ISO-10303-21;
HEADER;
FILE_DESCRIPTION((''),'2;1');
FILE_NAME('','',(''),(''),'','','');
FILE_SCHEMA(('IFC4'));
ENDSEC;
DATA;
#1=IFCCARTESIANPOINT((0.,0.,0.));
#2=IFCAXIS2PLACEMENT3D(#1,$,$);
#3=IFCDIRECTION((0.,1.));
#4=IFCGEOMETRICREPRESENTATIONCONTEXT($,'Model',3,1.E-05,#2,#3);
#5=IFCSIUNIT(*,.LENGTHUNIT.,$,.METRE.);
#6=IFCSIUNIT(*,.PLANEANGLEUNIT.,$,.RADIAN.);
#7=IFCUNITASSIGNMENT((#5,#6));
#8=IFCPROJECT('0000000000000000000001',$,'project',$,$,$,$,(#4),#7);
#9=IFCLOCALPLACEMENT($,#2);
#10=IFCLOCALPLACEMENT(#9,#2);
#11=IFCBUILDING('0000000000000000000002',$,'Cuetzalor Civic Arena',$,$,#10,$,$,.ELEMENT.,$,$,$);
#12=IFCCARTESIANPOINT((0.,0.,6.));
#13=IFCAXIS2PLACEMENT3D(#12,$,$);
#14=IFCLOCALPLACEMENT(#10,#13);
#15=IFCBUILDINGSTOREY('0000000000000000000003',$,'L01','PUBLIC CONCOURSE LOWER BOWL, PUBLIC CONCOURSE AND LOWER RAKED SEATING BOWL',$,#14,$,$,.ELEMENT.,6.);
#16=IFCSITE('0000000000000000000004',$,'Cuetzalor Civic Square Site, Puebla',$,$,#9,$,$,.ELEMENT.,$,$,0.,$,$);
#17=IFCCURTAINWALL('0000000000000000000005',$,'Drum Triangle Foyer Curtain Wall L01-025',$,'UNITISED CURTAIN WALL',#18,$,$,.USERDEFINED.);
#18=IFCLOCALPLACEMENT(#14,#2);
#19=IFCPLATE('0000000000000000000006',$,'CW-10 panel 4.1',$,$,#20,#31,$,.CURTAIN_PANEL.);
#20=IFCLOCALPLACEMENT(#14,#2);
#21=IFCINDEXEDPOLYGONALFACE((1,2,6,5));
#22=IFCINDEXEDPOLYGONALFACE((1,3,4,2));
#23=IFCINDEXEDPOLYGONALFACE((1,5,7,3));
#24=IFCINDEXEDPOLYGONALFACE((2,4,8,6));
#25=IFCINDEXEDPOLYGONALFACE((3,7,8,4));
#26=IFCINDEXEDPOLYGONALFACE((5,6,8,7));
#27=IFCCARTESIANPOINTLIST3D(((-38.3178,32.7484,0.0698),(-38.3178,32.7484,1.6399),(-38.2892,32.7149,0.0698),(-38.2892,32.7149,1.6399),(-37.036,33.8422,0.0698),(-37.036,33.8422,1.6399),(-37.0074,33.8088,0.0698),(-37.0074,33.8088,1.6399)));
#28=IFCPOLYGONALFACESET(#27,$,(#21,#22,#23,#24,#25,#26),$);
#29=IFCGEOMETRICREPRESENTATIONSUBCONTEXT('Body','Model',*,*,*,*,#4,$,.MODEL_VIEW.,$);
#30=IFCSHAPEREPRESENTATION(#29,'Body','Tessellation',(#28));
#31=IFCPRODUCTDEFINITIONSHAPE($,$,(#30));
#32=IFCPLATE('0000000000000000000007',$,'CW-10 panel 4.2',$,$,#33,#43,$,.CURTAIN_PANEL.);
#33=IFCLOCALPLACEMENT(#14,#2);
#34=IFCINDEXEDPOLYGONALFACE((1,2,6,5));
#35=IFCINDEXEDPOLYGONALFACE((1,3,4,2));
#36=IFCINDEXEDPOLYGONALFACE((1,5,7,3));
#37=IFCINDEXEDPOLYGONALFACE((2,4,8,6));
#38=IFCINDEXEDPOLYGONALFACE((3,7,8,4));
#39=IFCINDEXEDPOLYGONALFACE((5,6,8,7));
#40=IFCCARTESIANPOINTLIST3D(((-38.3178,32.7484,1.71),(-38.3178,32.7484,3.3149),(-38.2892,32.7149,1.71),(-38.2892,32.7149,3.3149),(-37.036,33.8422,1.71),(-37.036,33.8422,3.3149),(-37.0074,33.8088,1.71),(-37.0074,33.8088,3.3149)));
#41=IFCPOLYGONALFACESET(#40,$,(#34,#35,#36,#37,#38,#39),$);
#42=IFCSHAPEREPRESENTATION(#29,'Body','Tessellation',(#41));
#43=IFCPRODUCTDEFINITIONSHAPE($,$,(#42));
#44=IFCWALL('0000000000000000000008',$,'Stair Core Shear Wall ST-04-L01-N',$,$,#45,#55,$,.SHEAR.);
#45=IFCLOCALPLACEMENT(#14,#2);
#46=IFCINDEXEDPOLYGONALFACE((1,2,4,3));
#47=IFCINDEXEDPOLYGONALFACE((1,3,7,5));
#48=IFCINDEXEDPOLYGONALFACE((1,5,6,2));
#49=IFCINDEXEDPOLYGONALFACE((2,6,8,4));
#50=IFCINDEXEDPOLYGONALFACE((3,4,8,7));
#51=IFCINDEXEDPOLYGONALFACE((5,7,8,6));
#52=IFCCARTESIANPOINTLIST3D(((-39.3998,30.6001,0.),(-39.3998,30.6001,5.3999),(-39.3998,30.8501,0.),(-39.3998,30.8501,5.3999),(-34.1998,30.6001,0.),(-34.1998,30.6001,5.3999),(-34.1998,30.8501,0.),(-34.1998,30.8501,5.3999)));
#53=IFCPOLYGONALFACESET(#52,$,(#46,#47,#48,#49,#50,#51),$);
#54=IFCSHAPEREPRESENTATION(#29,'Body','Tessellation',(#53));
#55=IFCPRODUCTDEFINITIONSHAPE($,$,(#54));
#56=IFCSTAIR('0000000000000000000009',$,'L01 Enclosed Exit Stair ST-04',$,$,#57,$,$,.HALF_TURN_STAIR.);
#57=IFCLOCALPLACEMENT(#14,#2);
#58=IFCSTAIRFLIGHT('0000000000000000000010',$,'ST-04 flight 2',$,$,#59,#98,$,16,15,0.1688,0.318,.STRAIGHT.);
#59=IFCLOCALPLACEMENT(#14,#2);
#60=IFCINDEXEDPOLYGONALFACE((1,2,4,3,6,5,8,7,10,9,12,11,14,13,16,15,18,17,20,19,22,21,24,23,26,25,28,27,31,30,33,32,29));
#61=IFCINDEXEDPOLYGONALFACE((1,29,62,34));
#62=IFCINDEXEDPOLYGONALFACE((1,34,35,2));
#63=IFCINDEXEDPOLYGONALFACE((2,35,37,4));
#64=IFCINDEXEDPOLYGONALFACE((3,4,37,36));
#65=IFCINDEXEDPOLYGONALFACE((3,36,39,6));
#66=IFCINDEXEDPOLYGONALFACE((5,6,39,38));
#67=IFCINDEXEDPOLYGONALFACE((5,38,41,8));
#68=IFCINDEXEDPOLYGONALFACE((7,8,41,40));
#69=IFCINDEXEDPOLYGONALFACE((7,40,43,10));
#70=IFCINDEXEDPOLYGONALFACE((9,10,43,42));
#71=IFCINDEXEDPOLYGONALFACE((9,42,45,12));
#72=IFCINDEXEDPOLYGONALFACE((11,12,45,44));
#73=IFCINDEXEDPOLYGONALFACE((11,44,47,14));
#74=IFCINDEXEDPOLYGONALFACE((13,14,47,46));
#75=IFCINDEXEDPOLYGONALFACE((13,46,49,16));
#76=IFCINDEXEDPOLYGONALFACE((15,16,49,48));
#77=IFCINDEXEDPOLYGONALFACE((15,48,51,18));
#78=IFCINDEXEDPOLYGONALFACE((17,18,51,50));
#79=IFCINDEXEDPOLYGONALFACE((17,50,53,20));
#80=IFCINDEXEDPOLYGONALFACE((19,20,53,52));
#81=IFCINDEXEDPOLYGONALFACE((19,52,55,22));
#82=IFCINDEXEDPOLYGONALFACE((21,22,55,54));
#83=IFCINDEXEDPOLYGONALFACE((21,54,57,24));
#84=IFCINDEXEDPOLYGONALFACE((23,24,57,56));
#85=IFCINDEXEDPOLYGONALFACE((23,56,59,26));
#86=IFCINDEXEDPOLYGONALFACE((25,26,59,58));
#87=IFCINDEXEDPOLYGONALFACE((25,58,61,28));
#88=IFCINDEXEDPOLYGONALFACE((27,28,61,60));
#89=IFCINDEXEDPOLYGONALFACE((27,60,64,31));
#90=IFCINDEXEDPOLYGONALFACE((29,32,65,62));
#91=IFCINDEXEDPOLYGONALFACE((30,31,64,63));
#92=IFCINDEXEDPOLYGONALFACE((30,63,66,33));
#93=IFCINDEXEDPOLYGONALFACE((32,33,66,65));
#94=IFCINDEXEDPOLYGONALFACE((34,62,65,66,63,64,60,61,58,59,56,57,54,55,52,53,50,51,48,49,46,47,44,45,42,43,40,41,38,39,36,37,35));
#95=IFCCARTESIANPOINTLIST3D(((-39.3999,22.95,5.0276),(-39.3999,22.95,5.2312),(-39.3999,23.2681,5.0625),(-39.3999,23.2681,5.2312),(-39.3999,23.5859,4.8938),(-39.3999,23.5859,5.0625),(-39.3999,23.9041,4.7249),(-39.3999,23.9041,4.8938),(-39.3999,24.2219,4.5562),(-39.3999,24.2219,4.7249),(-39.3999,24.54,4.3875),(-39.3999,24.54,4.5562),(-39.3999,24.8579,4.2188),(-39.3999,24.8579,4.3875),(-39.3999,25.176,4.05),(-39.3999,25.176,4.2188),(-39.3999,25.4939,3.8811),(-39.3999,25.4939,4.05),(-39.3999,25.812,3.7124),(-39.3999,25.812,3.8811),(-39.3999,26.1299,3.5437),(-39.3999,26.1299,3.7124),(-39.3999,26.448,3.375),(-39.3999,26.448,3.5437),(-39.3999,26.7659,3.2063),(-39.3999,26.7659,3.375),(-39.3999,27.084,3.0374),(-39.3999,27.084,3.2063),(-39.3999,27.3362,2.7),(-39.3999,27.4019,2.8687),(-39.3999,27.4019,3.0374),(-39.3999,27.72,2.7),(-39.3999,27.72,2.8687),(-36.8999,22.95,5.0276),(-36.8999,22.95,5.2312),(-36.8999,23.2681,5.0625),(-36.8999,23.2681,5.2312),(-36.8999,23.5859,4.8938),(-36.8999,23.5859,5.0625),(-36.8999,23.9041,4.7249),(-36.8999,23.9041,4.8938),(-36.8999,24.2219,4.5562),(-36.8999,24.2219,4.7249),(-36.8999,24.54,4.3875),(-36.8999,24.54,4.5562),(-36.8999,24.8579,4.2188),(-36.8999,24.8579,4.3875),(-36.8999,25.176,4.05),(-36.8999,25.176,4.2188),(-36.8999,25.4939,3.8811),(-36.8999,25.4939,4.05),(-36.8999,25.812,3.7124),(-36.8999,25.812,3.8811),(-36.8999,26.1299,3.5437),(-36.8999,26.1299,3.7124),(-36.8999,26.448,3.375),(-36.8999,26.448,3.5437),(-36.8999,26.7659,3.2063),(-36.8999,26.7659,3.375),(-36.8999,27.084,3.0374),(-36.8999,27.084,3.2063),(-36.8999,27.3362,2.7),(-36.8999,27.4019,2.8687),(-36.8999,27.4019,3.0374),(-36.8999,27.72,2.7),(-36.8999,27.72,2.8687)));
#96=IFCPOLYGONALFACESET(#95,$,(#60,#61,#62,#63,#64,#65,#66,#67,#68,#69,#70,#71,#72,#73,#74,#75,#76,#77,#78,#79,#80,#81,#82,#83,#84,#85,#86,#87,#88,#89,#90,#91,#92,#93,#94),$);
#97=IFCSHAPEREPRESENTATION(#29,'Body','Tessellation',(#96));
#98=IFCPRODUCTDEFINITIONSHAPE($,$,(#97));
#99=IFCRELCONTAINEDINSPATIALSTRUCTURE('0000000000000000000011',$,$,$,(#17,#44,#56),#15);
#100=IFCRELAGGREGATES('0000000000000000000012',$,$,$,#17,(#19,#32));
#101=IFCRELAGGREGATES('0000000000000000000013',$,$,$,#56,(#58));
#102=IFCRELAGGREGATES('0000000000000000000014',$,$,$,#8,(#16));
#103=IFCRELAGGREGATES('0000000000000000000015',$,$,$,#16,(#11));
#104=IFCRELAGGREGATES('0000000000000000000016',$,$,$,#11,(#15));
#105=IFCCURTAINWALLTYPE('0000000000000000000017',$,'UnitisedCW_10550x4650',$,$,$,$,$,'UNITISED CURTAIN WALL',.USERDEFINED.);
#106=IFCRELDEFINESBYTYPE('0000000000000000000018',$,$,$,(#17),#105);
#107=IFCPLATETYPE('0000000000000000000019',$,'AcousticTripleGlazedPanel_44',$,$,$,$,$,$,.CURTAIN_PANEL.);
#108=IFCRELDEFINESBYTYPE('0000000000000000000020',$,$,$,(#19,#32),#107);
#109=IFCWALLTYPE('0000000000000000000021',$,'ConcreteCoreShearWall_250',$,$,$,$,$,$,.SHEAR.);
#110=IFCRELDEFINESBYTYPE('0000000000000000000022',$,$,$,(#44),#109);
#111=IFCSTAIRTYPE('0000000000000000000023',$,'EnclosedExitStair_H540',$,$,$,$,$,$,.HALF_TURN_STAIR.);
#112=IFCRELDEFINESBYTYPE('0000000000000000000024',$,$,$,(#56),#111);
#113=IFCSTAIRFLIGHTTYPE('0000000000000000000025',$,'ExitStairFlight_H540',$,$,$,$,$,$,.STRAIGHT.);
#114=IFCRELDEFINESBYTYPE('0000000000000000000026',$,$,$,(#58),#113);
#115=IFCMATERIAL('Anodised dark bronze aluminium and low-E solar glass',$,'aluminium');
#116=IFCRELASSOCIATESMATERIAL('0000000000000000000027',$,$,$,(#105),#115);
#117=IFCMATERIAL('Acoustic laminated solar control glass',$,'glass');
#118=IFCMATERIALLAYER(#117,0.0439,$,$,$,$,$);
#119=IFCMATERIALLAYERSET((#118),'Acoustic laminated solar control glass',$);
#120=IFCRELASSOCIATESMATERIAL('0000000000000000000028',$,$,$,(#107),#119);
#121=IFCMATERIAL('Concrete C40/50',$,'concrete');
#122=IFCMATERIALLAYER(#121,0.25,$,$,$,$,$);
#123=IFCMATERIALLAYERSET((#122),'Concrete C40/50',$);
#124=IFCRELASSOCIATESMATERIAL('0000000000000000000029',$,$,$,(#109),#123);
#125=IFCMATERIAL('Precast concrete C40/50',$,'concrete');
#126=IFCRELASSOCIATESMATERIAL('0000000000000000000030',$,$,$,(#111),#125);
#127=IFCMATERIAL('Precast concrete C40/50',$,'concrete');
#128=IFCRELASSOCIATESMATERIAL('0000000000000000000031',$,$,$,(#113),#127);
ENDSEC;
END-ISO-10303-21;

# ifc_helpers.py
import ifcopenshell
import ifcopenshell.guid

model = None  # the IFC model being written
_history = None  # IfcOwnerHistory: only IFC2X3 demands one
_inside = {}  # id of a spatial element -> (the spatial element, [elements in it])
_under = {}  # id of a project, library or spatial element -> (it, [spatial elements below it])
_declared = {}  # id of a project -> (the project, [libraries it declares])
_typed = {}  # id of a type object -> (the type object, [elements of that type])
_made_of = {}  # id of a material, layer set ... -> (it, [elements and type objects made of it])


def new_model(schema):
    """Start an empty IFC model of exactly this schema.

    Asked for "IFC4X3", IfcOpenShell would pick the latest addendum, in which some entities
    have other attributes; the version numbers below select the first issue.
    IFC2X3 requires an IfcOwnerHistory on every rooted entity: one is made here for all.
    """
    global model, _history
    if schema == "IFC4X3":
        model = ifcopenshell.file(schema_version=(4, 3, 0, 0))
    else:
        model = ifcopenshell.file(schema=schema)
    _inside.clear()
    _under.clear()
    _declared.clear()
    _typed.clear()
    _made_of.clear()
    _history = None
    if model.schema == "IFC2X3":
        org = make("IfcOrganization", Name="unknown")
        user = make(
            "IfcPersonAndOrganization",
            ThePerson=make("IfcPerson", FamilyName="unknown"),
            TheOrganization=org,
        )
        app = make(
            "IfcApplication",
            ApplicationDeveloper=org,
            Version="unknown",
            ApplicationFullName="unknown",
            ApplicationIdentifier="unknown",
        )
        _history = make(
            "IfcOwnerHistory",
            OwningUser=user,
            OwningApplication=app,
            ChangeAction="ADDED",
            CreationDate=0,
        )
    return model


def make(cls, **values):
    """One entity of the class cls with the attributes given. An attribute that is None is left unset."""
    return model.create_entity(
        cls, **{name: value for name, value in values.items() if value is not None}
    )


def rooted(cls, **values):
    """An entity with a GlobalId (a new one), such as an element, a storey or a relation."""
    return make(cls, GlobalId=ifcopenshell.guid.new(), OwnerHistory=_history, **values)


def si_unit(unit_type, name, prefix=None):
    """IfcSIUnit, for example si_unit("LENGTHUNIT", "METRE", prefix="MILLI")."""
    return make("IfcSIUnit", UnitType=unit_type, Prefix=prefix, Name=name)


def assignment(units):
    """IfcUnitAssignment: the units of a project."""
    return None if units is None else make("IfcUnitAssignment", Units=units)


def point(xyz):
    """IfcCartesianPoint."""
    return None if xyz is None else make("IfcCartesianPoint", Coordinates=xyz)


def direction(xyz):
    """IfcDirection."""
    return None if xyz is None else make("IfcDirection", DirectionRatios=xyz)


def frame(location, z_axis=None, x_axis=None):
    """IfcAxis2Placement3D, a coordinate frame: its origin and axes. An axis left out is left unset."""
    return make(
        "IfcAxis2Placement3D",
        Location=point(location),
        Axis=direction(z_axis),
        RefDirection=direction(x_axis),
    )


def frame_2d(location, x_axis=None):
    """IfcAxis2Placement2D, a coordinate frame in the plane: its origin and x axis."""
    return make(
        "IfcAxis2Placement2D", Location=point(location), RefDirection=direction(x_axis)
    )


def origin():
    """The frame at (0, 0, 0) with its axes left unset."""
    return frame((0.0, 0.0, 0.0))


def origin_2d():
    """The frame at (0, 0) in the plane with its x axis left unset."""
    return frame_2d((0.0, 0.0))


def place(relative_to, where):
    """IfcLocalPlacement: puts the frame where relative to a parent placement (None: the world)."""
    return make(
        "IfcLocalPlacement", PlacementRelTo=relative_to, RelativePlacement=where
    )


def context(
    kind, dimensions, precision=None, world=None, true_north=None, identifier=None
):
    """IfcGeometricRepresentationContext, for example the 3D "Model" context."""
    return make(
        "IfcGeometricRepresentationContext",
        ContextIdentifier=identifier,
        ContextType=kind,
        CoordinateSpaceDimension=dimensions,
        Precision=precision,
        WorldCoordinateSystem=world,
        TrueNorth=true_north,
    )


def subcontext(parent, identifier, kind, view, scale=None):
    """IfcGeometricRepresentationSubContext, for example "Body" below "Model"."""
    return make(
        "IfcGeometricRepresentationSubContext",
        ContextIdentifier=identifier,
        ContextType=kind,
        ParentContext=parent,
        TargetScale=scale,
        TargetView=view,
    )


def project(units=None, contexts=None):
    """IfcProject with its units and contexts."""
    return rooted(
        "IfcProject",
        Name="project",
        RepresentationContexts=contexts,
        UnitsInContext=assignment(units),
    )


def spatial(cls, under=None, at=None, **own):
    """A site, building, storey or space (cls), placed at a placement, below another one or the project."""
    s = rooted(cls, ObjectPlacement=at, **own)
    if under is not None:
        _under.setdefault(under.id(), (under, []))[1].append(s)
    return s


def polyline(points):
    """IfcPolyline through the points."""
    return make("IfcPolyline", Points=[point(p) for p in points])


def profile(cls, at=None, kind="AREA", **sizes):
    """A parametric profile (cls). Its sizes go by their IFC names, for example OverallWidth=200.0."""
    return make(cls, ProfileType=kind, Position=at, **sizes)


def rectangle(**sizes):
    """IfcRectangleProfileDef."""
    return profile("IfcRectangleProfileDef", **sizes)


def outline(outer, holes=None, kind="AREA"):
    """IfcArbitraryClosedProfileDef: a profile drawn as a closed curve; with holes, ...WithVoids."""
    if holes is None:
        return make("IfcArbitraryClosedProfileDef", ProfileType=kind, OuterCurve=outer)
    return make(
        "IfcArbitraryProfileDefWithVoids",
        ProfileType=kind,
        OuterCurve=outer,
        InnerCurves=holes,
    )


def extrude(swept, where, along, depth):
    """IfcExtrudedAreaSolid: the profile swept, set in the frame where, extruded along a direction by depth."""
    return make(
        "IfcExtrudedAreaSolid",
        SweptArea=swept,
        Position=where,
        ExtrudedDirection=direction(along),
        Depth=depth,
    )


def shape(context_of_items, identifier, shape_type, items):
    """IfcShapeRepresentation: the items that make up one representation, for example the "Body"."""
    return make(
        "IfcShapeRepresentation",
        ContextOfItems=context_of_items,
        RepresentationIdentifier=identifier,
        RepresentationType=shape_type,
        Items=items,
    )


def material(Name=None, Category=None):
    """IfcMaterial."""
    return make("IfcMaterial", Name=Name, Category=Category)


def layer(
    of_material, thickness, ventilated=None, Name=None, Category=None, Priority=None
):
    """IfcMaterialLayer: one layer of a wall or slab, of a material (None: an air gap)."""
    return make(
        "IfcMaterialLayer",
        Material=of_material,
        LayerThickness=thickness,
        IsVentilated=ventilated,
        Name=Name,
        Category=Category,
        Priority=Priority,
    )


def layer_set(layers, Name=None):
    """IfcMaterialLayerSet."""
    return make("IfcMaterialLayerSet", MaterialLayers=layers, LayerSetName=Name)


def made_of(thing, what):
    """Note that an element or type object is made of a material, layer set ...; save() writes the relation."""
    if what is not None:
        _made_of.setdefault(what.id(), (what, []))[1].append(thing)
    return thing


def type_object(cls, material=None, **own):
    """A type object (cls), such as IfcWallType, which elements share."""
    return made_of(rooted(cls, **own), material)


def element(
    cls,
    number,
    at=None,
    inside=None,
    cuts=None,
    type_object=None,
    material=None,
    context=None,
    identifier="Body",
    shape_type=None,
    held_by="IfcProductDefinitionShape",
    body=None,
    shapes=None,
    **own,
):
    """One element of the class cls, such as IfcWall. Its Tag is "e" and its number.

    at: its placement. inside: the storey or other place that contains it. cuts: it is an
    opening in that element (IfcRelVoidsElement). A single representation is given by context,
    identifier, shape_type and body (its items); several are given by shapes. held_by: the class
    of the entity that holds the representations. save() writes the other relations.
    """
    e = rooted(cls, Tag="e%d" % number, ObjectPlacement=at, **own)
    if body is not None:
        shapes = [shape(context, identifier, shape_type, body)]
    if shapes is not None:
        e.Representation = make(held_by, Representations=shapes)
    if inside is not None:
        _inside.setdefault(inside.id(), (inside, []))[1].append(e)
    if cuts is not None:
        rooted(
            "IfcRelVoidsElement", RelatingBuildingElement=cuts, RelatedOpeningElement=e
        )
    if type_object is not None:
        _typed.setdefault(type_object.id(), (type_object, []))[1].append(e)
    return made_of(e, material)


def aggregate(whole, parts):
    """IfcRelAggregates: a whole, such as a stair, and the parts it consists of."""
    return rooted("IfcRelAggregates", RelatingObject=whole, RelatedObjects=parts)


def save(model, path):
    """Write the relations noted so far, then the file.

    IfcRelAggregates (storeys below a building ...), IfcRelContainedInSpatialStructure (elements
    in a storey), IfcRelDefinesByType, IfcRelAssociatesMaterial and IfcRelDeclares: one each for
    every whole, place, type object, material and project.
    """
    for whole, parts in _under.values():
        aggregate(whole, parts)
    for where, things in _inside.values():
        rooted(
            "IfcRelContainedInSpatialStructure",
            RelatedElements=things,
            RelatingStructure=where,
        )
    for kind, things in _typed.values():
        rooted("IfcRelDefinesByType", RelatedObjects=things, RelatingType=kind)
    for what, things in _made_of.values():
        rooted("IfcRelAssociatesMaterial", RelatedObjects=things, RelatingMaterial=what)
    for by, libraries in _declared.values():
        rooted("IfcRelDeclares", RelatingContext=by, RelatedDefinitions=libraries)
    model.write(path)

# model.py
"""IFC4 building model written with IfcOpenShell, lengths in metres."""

from ifc_helpers import new_model, si_unit, direction, frame, frame_2d, origin, origin_2d, place, context, subcontext, project, spatial, polyline, rectangle, outline, extrude, material, layer, layer_set, type_object, element, aggregate, save


model = new_model("IFC4")

# Units and contexts
model_context = context("Model", 3, precision=1e-05, world=origin(), true_north=direction((0.0, 1.0)))
body_context = subcontext(model_context, "Body", "Model", "MODEL_VIEW")
ifc_project = project(units=[si_unit("LENGTHUNIT", "METRE"), si_unit("PLANEANGLEUNIT", "RADIAN")], contexts=[model_context])

# Site, building, storey
site_placement = place(None, origin())
site = spatial("IfcSite", under=ifc_project, at=site_placement, Name="Cuetzalor Civic Square Site, Puebla", CompositionType="ELEMENT", RefElevation=0.0)
building_placement = place(site_placement, origin())
building = spatial("IfcBuilding", under=site, at=building_placement, Name="Cuetzalor Civic Arena", CompositionType="ELEMENT")
storey_placement = place(building_placement, frame((0.0, 0.0, 6.0)))
storey = spatial("IfcBuildingStorey", under=building, at=storey_placement, Name="L01", Description="PUBLIC CONCOURSE LOWER BOWL, PUBLIC CONCOURSE AND LOWER RAKED SEATING BOWL", CompositionType="ELEMENT", Elevation=6.0)

# Curtain wall, plates
ifc_material_1 = material(Name="Anodised dark bronze aluminium and low-E solar glass", Category="aluminium")
curtain_wall_type = type_object("IfcCurtainWallType", Name="UnitisedCW_10550x4650", ElementType="UNITISED CURTAIN WALL", PredefinedType="USERDEFINED", material=ifc_material_1)
curtain_wall_placement = place(storey_placement, origin())
curtain_wall = element("IfcCurtainWall", 1, at=curtain_wall_placement, inside=storey, type_object=curtain_wall_type, Name="Drum Triangle Foyer Curtain Wall L01-025", ObjectType="UNITISED CURTAIN WALL", PredefinedType="USERDEFINED")
ifc_material_2 = material(Name="Acoustic laminated solar control glass", Category="glass")
ifc_layer_1 = layer(ifc_material_2, 0.0439)
ifc_layer_set_1 = layer_set([ifc_layer_1], Name="Acoustic laminated solar control glass")
plate_type = type_object("IfcPlateType", Name="AcousticTripleGlazedPanel_44", PredefinedType="CURTAIN_PANEL", material=ifc_layer_set_1)
plate_1_placement = place(storey_placement, frame((-37.6626, 33.2786, 0.0698), z_axis=(0.0, 0.0, 1.0), x_axis=(0.760677, 0.64913, 0.0)))
plate_1 = element("IfcPlate", 2, at=plate_1_placement, type_object=plate_type, Name="CW-10 panel 4.1", PredefinedType="CURTAIN_PANEL", context=body_context, shape_type="SweptSolid", body=[
    extrude(rectangle(XDim=1.6851, YDim=0.0439, at=origin_2d()), origin(), (0.0, 0.0, 1.0), 1.5701),
])
plate_2_placement = place(storey_placement, frame((-37.6626, 33.2786, 1.71), z_axis=(0.0, 0.0, 1.0), x_axis=(0.760677, 0.64913, 0.0)))
plate_2 = element("IfcPlate", 3, at=plate_2_placement, type_object=plate_type, Name="CW-10 panel 4.2", PredefinedType="CURTAIN_PANEL", context=body_context, shape_type="SweptSolid", body=[
    extrude(rectangle(XDim=1.6851, YDim=0.0439, at=origin_2d()), origin(), (0.0, 0.0, 1.0), 1.605),
])
aggregate(curtain_wall, [plate_1, plate_2])

# Wall
ifc_material_3 = material(Name="Concrete C40/50", Category="concrete")
ifc_layer_2 = layer(ifc_material_3, 0.25)
ifc_layer_set_2 = layer_set([ifc_layer_2], Name="Concrete C40/50")
wall_type = type_object("IfcWallType", Name="ConcreteCoreShearWall_250", PredefinedType="SHEAR", material=ifc_layer_set_2)
wall_placement = place(storey_placement, frame((-39.3999, 30.7251, 0.0), z_axis=(0.0, 0.0, 1.0), x_axis=(1.0, 0.0, 0.0)))
element("IfcWall", 4, at=wall_placement, inside=storey, type_object=wall_type, Name="Stair Core Shear Wall ST-04-L01-N", PredefinedType="SHEAR", context=body_context, shape_type="SweptSolid", body=[
    extrude(rectangle(XDim=5.2, YDim=0.25, at=frame_2d((2.6001, 0.0))), origin(), (0.0, 0.0, 1.0), 5.3999),
])

# Stair, stair flight
ifc_material_4 = material(Name="Precast concrete C40/50", Category="concrete")
stair_type = type_object("IfcStairType", Name="EnclosedExitStair_H540", PredefinedType="HALF_TURN_STAIR", material=ifc_material_4)
stair_placement = place(storey_placement, origin())
stair = element("IfcStair", 5, at=stair_placement, inside=storey, type_object=stair_type, Name="L01 Enclosed Exit Stair ST-04", PredefinedType="HALF_TURN_STAIR")
ifc_material_5 = material(Name="Precast concrete C40/50", Category="concrete")
stair_flight_type = type_object("IfcStairFlightType", Name="ExitStairFlight_H540", PredefinedType="STRAIGHT", material=ifc_material_5)
stair_flight_placement = place(storey_placement, frame((-38.1499, 27.72, 2.7), z_axis=(0.0, 0.0, 1.0), x_axis=(0.0, -1.0, 0.0)))
stair_flight = element("IfcStairFlight", 6, at=stair_flight_placement, type_object=stair_flight_type, Name="ST-04 flight 2", NumberOfRisers=16, NumberOfTreads=15, PredefinedType="STRAIGHT", RiserHeight=0.1688, TreadLength=0.318, context=body_context, shape_type="SweptSolid", body=[
    extrude(outline(polyline([(0.0, 0.0), (0.0, 0.1687), (0.3181, 0.1687), (0.3181, 0.3374), (0.636, 0.3374), (0.636, 0.5063), (0.9541, 0.5063), (0.9541, 0.675), (1.272, 0.675), (1.272, 0.8438), (1.5901, 0.8438), (1.5901, 1.0125), (1.908, 1.0125), (1.908, 1.1812), (2.2261, 1.1812), (2.2261, 1.3501), (2.5439, 1.3501), (2.5439, 1.5188), (2.8621, 1.5188), (2.8621, 1.6875), (3.1799, 1.6875), (3.1799, 1.8562), (3.498, 1.8562), (3.498, 2.0249), (3.8159, 2.0249), (3.8159, 2.1938), (4.134, 2.1938), (4.134, 2.3625), (4.4519, 2.3625), (4.4519, 2.5312), (4.77, 2.5312), (4.77, 2.7), (4.77, 2.3276), (0.3838, 0.0), (0.0, 0.0)])), frame((0.0, 1.25, 0.0), z_axis=(0.0, -1.0, 0.0), x_axis=(1.0, 0.0, 0.0)), (0.0, 0.0, 1.0), 2.5),
])
aggregate(stair, [stair_flight])

save(model, "model.ifc")
